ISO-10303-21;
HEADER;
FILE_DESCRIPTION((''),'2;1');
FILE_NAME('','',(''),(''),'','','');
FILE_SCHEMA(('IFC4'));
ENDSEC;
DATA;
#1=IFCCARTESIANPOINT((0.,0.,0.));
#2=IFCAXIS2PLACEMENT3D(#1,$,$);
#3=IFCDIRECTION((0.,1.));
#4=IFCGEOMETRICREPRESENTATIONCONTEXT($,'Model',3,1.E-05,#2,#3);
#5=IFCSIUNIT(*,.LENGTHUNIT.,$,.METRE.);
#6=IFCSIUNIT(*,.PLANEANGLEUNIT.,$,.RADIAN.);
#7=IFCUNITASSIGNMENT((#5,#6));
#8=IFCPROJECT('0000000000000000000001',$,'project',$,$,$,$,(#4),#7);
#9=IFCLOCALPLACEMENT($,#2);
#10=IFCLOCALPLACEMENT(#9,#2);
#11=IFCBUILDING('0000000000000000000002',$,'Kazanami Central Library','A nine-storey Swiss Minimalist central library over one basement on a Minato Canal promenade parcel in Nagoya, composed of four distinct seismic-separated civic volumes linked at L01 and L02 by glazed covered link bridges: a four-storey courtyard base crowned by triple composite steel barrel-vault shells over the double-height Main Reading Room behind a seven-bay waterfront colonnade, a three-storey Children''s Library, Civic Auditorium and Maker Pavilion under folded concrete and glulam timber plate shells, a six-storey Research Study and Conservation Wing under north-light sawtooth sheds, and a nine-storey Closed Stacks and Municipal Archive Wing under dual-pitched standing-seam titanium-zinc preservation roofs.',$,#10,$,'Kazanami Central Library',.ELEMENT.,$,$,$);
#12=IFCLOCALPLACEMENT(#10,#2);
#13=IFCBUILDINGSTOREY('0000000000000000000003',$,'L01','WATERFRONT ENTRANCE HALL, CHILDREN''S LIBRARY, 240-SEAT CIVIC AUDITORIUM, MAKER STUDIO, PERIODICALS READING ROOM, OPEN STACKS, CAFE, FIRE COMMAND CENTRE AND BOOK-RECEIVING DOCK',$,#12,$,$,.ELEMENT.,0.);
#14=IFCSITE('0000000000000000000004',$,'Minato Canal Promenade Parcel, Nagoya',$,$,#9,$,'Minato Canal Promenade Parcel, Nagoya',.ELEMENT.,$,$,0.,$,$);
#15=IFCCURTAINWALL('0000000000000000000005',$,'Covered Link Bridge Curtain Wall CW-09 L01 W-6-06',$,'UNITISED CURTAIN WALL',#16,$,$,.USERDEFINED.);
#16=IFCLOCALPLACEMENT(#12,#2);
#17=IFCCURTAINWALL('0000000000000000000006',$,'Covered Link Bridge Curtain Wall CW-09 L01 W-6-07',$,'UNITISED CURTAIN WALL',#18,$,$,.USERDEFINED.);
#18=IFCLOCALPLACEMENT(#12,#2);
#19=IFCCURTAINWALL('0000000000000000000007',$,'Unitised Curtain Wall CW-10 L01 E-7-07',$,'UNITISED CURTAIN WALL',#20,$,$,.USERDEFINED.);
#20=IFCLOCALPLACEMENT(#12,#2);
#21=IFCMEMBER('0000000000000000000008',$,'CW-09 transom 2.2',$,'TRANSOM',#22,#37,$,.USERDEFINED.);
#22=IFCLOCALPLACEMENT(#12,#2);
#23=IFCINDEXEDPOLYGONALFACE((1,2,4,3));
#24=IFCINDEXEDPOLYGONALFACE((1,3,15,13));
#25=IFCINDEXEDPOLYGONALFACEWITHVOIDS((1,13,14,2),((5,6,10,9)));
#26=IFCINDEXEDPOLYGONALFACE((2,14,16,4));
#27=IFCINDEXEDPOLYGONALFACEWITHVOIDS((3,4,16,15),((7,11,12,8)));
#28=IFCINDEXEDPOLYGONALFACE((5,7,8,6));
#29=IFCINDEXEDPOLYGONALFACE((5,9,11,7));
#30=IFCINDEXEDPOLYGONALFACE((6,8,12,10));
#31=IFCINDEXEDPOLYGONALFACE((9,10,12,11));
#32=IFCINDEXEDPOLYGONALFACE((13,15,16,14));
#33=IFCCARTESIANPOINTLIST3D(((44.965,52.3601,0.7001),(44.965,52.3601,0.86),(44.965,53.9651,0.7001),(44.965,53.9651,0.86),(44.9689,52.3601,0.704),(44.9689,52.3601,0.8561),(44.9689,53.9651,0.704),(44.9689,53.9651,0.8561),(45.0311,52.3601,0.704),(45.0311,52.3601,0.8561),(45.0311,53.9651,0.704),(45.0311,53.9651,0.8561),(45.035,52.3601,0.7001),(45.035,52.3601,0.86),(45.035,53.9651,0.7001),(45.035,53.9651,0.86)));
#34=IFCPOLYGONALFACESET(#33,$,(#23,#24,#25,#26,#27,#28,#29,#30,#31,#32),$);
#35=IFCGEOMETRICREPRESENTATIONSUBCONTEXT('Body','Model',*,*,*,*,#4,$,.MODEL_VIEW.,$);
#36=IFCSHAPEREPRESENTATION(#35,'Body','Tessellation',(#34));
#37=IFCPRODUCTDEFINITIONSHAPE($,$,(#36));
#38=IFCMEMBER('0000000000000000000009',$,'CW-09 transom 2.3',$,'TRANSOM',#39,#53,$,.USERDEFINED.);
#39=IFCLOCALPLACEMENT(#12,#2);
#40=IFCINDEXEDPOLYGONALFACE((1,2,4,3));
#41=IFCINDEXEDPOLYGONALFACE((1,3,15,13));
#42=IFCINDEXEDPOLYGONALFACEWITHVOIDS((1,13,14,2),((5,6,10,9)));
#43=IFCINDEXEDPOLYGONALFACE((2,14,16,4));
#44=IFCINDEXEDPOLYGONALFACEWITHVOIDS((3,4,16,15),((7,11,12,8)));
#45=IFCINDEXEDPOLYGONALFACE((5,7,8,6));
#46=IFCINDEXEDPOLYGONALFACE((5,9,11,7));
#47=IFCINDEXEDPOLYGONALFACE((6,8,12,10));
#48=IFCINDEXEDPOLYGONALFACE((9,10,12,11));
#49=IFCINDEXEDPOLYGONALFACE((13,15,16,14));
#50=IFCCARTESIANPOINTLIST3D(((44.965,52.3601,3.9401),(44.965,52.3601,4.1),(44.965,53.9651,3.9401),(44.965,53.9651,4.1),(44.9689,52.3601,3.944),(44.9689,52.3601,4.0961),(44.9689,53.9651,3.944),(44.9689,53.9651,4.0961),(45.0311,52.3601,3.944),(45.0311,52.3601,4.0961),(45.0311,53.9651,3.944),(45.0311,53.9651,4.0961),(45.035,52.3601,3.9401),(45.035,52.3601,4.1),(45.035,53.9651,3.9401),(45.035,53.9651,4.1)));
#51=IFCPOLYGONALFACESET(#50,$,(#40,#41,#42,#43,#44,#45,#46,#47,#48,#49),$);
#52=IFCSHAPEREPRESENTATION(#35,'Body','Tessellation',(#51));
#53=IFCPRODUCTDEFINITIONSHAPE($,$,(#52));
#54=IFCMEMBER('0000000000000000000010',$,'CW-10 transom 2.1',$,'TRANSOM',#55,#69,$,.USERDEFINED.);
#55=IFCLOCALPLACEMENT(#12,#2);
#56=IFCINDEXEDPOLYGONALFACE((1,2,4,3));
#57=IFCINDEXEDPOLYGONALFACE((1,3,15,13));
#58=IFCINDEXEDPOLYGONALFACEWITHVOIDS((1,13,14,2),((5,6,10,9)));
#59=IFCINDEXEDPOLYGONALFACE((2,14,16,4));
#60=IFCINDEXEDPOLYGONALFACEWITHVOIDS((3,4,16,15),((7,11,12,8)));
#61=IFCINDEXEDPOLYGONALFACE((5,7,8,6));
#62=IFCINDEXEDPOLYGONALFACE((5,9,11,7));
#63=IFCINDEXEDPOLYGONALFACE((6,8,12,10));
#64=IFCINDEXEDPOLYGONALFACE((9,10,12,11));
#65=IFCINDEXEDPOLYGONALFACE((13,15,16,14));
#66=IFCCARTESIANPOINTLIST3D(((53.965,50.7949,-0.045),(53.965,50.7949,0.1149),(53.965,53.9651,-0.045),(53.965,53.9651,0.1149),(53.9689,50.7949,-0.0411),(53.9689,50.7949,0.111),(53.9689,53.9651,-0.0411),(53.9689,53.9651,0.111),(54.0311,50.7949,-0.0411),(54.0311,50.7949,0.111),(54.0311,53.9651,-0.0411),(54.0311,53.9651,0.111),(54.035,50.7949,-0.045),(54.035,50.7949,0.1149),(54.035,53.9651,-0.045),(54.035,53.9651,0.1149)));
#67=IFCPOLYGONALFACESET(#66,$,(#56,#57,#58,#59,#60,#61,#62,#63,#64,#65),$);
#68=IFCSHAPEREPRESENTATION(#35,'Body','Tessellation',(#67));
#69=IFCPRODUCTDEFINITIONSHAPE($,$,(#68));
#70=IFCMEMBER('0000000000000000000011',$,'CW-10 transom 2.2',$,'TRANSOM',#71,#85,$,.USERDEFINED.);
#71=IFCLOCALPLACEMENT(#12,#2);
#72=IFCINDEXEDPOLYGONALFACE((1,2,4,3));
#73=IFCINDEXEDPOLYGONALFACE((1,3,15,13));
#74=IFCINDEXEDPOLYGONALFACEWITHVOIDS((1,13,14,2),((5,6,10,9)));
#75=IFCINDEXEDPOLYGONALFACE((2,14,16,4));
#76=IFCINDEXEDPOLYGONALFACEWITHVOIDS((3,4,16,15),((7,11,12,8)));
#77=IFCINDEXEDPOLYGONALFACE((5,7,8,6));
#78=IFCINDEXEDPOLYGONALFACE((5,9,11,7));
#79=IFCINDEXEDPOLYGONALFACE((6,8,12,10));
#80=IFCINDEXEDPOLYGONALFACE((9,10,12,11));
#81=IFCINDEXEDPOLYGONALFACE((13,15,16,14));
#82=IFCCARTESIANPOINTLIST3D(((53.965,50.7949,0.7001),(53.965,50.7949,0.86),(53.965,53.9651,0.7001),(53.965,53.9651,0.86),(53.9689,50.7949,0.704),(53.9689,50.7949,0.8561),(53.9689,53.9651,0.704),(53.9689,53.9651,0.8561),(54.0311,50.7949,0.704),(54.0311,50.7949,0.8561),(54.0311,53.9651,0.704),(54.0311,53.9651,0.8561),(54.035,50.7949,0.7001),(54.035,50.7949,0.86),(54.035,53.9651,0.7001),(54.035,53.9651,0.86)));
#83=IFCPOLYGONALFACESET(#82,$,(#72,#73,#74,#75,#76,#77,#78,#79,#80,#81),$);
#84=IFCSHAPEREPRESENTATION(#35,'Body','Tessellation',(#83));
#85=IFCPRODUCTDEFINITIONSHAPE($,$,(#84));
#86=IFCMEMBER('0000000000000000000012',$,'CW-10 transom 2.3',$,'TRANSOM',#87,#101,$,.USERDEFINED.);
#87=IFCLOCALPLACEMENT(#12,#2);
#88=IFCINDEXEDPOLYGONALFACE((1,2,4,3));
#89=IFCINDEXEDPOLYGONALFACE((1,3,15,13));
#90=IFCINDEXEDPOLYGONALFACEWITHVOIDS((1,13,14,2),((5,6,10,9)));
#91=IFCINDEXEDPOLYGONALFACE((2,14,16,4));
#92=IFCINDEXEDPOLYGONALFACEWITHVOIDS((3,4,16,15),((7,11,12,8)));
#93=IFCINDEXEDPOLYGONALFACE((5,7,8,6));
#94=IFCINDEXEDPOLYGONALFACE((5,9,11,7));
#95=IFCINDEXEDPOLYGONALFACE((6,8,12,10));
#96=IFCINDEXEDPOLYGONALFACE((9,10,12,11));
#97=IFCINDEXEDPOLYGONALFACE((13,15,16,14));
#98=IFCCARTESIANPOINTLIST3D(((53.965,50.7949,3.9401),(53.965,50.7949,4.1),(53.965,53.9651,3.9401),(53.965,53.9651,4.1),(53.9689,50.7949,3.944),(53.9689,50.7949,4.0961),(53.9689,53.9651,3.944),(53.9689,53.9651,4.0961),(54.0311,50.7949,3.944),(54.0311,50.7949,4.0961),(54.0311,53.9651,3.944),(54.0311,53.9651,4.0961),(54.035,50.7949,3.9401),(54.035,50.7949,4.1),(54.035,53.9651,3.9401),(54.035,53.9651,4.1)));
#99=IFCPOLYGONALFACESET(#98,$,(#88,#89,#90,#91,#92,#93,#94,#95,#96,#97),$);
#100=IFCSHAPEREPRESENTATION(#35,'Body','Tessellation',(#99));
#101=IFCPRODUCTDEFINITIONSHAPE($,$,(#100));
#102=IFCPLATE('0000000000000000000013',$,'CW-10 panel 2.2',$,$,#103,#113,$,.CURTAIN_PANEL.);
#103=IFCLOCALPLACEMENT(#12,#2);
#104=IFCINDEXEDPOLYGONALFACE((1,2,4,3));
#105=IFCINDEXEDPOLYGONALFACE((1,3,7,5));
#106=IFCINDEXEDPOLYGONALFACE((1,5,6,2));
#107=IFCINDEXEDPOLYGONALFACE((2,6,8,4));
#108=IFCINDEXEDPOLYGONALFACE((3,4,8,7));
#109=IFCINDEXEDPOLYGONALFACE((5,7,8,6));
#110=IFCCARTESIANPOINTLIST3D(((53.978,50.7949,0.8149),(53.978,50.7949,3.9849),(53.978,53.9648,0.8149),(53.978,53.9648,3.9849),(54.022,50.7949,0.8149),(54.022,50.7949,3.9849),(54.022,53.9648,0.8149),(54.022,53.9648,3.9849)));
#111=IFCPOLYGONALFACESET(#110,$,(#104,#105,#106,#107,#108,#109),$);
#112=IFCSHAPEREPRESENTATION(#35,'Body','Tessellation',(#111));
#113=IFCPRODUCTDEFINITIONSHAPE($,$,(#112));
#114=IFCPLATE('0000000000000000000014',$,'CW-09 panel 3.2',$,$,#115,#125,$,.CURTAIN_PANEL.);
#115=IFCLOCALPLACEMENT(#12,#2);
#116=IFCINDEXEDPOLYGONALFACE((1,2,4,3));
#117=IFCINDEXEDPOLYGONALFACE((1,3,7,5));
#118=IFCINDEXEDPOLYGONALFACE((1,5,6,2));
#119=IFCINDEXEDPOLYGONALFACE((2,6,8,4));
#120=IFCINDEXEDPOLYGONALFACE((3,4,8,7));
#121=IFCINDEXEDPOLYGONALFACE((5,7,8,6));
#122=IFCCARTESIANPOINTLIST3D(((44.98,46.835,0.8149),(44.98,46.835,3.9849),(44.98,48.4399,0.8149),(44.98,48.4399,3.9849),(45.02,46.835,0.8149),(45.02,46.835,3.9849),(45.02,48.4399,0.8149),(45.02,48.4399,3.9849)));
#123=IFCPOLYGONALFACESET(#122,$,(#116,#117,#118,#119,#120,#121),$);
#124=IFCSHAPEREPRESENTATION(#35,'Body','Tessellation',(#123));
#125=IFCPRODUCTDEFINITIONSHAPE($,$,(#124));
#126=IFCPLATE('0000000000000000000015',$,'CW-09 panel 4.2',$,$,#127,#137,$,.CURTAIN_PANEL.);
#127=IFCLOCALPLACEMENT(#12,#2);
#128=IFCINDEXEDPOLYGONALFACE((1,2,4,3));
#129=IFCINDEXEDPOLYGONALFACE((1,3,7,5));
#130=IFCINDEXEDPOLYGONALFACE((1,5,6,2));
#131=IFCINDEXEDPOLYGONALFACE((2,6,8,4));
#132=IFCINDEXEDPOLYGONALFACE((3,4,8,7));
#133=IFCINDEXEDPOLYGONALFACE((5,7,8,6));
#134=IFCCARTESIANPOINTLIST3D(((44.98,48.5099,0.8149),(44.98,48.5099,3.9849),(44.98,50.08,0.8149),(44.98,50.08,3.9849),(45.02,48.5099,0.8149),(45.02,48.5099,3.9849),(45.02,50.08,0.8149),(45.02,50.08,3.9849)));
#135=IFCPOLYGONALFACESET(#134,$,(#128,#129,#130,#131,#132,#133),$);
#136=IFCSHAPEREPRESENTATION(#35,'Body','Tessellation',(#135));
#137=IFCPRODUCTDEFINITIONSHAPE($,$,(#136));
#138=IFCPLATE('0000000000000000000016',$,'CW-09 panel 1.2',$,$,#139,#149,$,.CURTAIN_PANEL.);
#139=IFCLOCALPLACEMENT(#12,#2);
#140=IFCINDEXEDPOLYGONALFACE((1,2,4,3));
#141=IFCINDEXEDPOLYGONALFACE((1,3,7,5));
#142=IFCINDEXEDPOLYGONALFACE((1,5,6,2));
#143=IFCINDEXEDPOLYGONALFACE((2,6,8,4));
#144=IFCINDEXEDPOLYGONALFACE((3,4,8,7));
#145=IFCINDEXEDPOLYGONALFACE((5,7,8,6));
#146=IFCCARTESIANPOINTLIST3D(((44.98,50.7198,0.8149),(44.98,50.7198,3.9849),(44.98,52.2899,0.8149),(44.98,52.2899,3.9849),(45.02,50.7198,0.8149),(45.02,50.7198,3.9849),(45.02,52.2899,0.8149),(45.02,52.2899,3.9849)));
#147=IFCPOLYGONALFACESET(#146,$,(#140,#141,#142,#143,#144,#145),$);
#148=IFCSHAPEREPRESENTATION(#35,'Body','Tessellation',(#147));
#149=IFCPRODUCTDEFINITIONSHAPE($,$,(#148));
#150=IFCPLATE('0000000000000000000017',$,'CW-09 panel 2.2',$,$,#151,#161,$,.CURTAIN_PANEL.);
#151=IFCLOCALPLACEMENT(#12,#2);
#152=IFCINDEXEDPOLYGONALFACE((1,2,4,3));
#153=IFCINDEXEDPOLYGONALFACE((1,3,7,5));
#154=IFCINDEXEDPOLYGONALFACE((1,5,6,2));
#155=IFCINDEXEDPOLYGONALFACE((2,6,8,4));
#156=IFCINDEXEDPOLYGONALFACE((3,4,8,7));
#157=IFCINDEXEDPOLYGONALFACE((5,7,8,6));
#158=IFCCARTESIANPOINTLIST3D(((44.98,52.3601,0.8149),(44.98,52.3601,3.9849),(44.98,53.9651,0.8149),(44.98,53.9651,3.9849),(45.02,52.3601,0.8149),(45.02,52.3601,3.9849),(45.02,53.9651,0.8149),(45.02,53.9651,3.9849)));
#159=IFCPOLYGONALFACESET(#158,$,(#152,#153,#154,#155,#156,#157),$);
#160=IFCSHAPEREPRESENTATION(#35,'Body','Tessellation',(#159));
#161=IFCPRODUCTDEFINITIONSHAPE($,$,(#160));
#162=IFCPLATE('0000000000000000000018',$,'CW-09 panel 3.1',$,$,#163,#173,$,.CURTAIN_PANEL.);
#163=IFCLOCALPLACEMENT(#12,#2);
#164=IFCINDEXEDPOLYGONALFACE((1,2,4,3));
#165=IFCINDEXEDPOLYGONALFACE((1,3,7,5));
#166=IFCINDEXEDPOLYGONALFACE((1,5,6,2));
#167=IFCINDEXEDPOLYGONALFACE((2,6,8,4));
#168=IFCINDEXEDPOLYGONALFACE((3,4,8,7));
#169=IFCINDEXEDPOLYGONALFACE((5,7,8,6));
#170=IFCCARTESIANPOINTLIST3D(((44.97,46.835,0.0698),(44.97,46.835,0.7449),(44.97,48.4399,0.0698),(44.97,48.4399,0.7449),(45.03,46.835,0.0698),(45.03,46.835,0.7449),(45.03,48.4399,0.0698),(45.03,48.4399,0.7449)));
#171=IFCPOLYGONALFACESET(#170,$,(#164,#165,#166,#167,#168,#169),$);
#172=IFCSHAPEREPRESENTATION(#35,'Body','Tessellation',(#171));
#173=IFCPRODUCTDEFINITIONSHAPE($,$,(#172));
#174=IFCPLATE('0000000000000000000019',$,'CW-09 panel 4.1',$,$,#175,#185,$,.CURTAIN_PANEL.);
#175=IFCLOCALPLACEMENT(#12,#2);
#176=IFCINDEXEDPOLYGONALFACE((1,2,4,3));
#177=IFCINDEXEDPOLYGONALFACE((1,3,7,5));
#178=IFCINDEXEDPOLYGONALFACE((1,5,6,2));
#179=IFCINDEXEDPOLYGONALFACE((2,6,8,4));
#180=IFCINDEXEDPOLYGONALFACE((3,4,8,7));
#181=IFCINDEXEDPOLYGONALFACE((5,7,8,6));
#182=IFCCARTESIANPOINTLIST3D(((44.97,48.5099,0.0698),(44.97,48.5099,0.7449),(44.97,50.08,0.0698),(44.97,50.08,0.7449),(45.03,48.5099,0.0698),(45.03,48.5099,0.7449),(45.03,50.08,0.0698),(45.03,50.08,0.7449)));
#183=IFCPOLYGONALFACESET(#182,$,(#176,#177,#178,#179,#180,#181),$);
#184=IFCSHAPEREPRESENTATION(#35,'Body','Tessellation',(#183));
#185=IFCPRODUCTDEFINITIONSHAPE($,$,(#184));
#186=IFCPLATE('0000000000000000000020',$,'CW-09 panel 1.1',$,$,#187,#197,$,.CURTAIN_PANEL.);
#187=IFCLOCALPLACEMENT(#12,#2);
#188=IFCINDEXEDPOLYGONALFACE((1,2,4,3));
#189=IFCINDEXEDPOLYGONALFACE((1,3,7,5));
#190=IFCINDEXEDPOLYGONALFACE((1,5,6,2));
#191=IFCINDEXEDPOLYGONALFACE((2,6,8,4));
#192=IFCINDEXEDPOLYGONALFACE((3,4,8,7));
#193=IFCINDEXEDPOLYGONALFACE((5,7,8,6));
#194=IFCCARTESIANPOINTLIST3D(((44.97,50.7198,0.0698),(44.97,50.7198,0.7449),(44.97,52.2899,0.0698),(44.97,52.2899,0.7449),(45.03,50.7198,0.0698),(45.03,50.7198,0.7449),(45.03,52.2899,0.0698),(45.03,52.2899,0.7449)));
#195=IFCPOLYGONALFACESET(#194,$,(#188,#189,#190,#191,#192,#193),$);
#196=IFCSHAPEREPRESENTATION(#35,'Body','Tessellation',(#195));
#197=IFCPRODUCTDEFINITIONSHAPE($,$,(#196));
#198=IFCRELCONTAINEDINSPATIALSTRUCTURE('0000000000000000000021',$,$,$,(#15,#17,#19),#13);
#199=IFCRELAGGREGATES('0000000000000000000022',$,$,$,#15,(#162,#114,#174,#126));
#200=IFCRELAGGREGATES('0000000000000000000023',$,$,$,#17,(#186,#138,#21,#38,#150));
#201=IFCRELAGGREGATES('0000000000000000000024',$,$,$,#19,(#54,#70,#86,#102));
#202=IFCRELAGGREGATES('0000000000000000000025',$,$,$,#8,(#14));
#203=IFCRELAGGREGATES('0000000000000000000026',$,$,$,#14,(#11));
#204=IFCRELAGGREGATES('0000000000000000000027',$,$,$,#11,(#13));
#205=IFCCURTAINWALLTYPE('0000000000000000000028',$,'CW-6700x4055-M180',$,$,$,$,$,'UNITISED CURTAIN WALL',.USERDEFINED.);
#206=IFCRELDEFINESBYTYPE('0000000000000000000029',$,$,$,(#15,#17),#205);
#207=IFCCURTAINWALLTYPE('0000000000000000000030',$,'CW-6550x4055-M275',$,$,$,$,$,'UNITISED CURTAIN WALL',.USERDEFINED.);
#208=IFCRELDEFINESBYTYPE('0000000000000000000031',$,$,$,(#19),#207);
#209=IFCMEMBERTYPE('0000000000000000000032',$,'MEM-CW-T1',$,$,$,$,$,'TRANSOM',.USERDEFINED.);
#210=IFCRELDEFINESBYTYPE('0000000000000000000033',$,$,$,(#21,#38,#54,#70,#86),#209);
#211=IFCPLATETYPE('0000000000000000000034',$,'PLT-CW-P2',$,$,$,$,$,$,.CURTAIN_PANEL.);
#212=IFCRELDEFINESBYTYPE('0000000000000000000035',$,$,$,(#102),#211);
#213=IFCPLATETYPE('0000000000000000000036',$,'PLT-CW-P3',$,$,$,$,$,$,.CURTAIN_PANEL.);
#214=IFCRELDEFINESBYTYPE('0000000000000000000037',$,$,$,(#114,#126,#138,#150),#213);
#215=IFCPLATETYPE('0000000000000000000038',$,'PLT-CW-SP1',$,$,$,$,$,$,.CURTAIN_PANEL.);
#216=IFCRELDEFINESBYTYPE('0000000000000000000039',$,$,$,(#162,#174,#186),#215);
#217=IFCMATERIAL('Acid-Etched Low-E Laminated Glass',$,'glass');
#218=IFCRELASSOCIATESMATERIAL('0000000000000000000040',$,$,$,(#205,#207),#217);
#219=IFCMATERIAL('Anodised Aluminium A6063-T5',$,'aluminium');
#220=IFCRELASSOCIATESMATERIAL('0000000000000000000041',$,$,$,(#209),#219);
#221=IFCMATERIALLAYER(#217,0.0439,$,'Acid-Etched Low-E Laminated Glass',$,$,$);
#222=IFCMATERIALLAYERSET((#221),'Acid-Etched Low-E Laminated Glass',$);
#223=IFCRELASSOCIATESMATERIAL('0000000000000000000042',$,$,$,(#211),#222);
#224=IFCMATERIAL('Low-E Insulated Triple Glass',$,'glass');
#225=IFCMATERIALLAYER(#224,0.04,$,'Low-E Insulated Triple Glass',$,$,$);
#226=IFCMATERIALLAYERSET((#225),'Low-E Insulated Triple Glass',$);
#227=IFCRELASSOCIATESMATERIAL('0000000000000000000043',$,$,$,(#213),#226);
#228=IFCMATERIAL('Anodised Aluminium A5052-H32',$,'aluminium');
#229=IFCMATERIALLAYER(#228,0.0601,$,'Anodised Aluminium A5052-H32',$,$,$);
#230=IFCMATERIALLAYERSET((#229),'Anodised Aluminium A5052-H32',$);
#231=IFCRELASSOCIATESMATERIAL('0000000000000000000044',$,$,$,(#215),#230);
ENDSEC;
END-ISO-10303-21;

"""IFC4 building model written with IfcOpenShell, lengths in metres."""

from ifc_helpers import new_model, si_unit, direction, frame, origin, origin_2d, place, context, subcontext, project, spatial, rectangle, hollow_rectangle, extrude, material, layer, layer_set, material_profile, profile_set, type_object, element, aggregate, save


model = new_model("IFC4")

# Units and contexts
model_context = context("Model", 3, precision=1e-05, world=origin(), true_north=direction((0.0, 1.0)))
body_context = subcontext(model_context, "Body", "Model", "MODEL_VIEW")
ifc_project = project(units=[si_unit("LENGTHUNIT", "METRE"), si_unit("PLANEANGLEUNIT", "RADIAN")], contexts=[model_context])

# Site, building, storey
site_placement = place(None, origin())
site = spatial("IfcSite", under=ifc_project, at=site_placement, Name="Minato Canal Promenade Parcel, Nagoya", LongName="Minato Canal Promenade Parcel, Nagoya", CompositionType="ELEMENT", RefElevation=0.0)
building_placement = place(site_placement, origin())
building = spatial("IfcBuilding", under=site, at=building_placement, Name="Kazanami Central Library", Description="A nine-storey Swiss Minimalist central library over one basement on a Minato Canal promenade parcel in Nagoya, composed of four distinct seismic-separated civic volumes linked at L01 and L02 by glazed covered link bridges: a four-storey courtyard base crowned by triple composite steel barrel-vault shells over the double-height Main Reading Room behind a seven-bay waterfront colonnade, a three-storey Children's Library, Civic Auditorium and Maker Pavilion under folded concrete and glulam timber plate shells, a six-storey Research Study and Conservation Wing under north-light sawtooth sheds, and a nine-storey Closed Stacks and Municipal Archive Wing under dual-pitched standing-seam titanium-zinc preservation roofs.", LongName="Kazanami Central Library", CompositionType="ELEMENT")
storey_placement = place(building_placement, origin())
storey = spatial("IfcBuildingStorey", under=building, at=storey_placement, Name="L01", Description="WATERFRONT ENTRANCE HALL, CHILDREN'S LIBRARY, 240-SEAT CIVIC AUDITORIUM, MAKER STUDIO, PERIODICALS READING ROOM, OPEN STACKS, CAFE, FIRE COMMAND CENTRE AND BOOK-RECEIVING DOCK", CompositionType="ELEMENT", Elevation=0.0)

# Curtain walls
ifc_material_1 = material(Name="Acid-Etched Low-E Laminated Glass", Category="glass")
curtain_wall_type_1 = type_object("IfcCurtainWallType", Name="CW-6700x4055-M180", ElementType="UNITISED CURTAIN WALL", PredefinedType="USERDEFINED", material=ifc_material_1)
curtain_wall_1_placement = place(storey_placement, origin())
curtain_wall_1 = element("IfcCurtainWall", 1, at=curtain_wall_1_placement, inside=storey, type_object=curtain_wall_type_1, Name="Covered Link Bridge Curtain Wall CW-09 L01 W-6-06", ObjectType="UNITISED CURTAIN WALL", PredefinedType="USERDEFINED")
ifc_material_2 = material(Name="Anodised Aluminium A6063-T5", Category="aluminium")
curtain_wall_2_placement = place(storey_placement, origin())
curtain_wall_2 = element("IfcCurtainWall", 2, at=curtain_wall_2_placement, inside=storey, type_object=curtain_wall_type_1, Name="Covered Link Bridge Curtain Wall CW-09 L01 W-6-07", ObjectType="UNITISED CURTAIN WALL", PredefinedType="USERDEFINED")

# Curtain wall
curtain_wall_type_2 = type_object("IfcCurtainWallType", Name="CW-6550x4055-M275", ElementType="UNITISED CURTAIN WALL", PredefinedType="USERDEFINED", material=ifc_material_1)
curtain_wall_3_placement = place(storey_placement, origin())
curtain_wall_3 = element("IfcCurtainWall", 3, at=curtain_wall_3_placement, inside=storey, type_object=curtain_wall_type_2, Name="Unitised Curtain Wall CW-10 L01 E-7-07", ObjectType="UNITISED CURTAIN WALL", PredefinedType="USERDEFINED")

# Members
ifc_material_profile_1 = material_profile(ifc_material_2, hollow_rectangle(XDim=0.0701, YDim=0.1599, WallThickness=0.0039, at=origin_2d()), Name="ALU-TRAN-70x160x4")
ifc_profile_set_1 = profile_set([ifc_material_profile_1], Name="Anodised Aluminium A6063-T5")
member_type_1 = type_object("IfcMemberType", Name="MEM-CW-T1", ElementType="TRANSOM", PredefinedType="USERDEFINED", material=ifc_profile_set_1)
member_1_placement = place(storey_placement, frame((45.0, 52.3601, 0.78), z_axis=(0.0, 1.0, 0.0), x_axis=(-1.0, 0.0, 0.0)))
member_1 = element("IfcMember", 4, at=member_1_placement, type_object=member_type_1, Name="CW-09 transom 2.2", ObjectType="TRANSOM", PredefinedType="USERDEFINED", context=body_context, shape_type="SweptSolid", body=[
    extrude(hollow_rectangle(XDim=0.0701, YDim=0.1599, WallThickness=0.0039, at=origin_2d()), origin(), (0.0, 0.0, 1.0), 1.605),
])
member_2_placement = place(storey_placement, frame((45.0, 52.3601, 4.02), z_axis=(0.0, 1.0, 0.0), x_axis=(-1.0, 0.0, 0.0)))
member_2 = element("IfcMember", 5, at=member_2_placement, type_object=member_type_1, Name="CW-09 transom 2.3", ObjectType="TRANSOM", PredefinedType="USERDEFINED", context=body_context, shape_type="SweptSolid", body=[
    extrude(hollow_rectangle(XDim=0.0701, YDim=0.1599, WallThickness=0.0039, at=origin_2d()), origin(), (0.0, 0.0, 1.0), 1.605),
])
member_3_placement = place(storey_placement, frame((54.0, 53.9651, 0.0349), z_axis=(0.0, -1.0, 0.0), x_axis=(1.0, 0.0, 0.0)))
member_3 = element("IfcMember", 6, at=member_3_placement, type_object=member_type_1, Name="CW-10 transom 2.1", ObjectType="TRANSOM", PredefinedType="USERDEFINED", context=body_context, shape_type="SweptSolid", body=[
    extrude(hollow_rectangle(XDim=0.0701, YDim=0.1599, WallThickness=0.0039, at=origin_2d()), origin(), (0.0, 0.0, 1.0), 3.1702),
])
member_4_placement = place(storey_placement, frame((54.0, 53.9651, 0.78), z_axis=(0.0, -1.0, 0.0), x_axis=(1.0, 0.0, 0.0)))
member_4 = element("IfcMember", 7, at=member_4_placement, type_object=member_type_1, Name="CW-10 transom 2.2", ObjectType="TRANSOM", PredefinedType="USERDEFINED", context=body_context, shape_type="SweptSolid", body=[
    extrude(hollow_rectangle(XDim=0.0701, YDim=0.1599, WallThickness=0.0039, at=origin_2d()), origin(), (0.0, 0.0, 1.0), 3.1702),
])
member_5_placement = place(storey_placement, frame((54.0, 53.9651, 4.02), z_axis=(0.0, -1.0, 0.0), x_axis=(1.0, 0.0, 0.0)))
member_5 = element("IfcMember", 8, at=member_5_placement, type_object=member_type_1, Name="CW-10 transom 2.3", ObjectType="TRANSOM", PredefinedType="USERDEFINED", context=body_context, shape_type="SweptSolid", body=[
    extrude(hollow_rectangle(XDim=0.0701, YDim=0.1599, WallThickness=0.0039, at=origin_2d()), origin(), (0.0, 0.0, 1.0), 3.1702),
])

# Plates
ifc_layer_1 = layer(ifc_material_1, 0.0439, Name="Acid-Etched Low-E Laminated Glass")
ifc_layer_set_1 = layer_set([ifc_layer_1], Name="Acid-Etched Low-E Laminated Glass")
plate_type_1 = type_object("IfcPlateType", Name="PLT-CW-P2", PredefinedType="CURTAIN_PANEL", material=ifc_layer_set_1)
plate_1_placement = place(storey_placement, frame((54.0, 52.3799, 0.8149), z_axis=(0.0, 0.0, 1.0), x_axis=(0.0, -1.0, 0.0)))
plate_1 = element("IfcPlate", 9, at=plate_1_placement, type_object=plate_type_1, Name="CW-10 panel 2.2", PredefinedType="CURTAIN_PANEL", context=body_context, shape_type="SweptSolid", body=[
    extrude(rectangle(XDim=3.1699, YDim=0.0439, at=origin_2d()), origin(), (0.0, 0.0, 1.0), 3.1699),
])
ifc_material_3 = material(Name="Low-E Insulated Triple Glass", Category="glass")
ifc_layer_2 = layer(ifc_material_3, 0.04, Name="Low-E Insulated Triple Glass")
ifc_layer_set_2 = layer_set([ifc_layer_2], Name="Low-E Insulated Triple Glass")
plate_type_2 = type_object("IfcPlateType", Name="PLT-CW-P3", PredefinedType="CURTAIN_PANEL", material=ifc_layer_set_2)
plate_2_placement = place(storey_placement, frame((45.0, 47.6375, 0.8149), z_axis=(0.0, 0.0, 1.0), x_axis=(0.0, 1.0, 0.0)))
plate_2 = element("IfcPlate", 10, at=plate_2_placement, type_object=plate_type_2, Name="CW-09 panel 3.2", PredefinedType="CURTAIN_PANEL", context=body_context, shape_type="SweptSolid", body=[
    extrude(rectangle(XDim=1.605, YDim=0.04, at=origin_2d()), origin(), (0.0, 0.0, 1.0), 3.1699),
])
plate_3_placement = place(storey_placement, frame((45.0, 49.2949, 0.8149), z_axis=(0.0, 0.0, 1.0), x_axis=(0.0, 1.0, 0.0)))
plate_3 = element("IfcPlate", 11, at=plate_3_placement, type_object=plate_type_2, Name="CW-09 panel 4.2", PredefinedType="CURTAIN_PANEL", context=body_context, shape_type="SweptSolid", body=[
    extrude(rectangle(XDim=1.5701, YDim=0.04, at=origin_2d()), origin(), (0.0, 0.0, 1.0), 3.1699),
])
plate_4_placement = place(storey_placement, frame((45.0, 51.5049, 0.8149), z_axis=(0.0, 0.0, 1.0), x_axis=(0.0, 1.0, 0.0)))
plate_4 = element("IfcPlate", 12, at=plate_4_placement, type_object=plate_type_2, Name="CW-09 panel 1.2", PredefinedType="CURTAIN_PANEL", context=body_context, shape_type="SweptSolid", body=[
    extrude(rectangle(XDim=1.5701, YDim=0.04, at=origin_2d()), origin(), (0.0, 0.0, 1.0), 3.1699),
])
plate_5_placement = place(storey_placement, frame((45.0, 53.1626, 0.8149), z_axis=(0.0, 0.0, 1.0), x_axis=(0.0, 1.0, 0.0)))
plate_5 = element("IfcPlate", 13, at=plate_5_placement, type_object=plate_type_2, Name="CW-09 panel 2.2", PredefinedType="CURTAIN_PANEL", context=body_context, shape_type="SweptSolid", body=[
    extrude(rectangle(XDim=1.605, YDim=0.04, at=origin_2d()), origin(), (0.0, 0.0, 1.0), 3.1699),
])
ifc_material_4 = material(Name="Anodised Aluminium A5052-H32", Category="aluminium")
ifc_layer_3 = layer(ifc_material_4, 0.0601, Name="Anodised Aluminium A5052-H32")
ifc_layer_set_3 = layer_set([ifc_layer_3], Name="Anodised Aluminium A5052-H32")
plate_type_3 = type_object("IfcPlateType", Name="PLT-CW-SP1", PredefinedType="CURTAIN_PANEL", material=ifc_layer_set_3)
plate_6_placement = place(storey_placement, frame((45.0, 47.6375, 0.0698), z_axis=(0.0, 0.0, 1.0), x_axis=(0.0, 1.0, 0.0)))
plate_6 = element("IfcPlate", 14, at=plate_6_placement, type_object=plate_type_3, Name="CW-09 panel 3.1", PredefinedType="CURTAIN_PANEL", context=body_context, shape_type="SweptSolid", body=[
    extrude(rectangle(XDim=1.605, YDim=0.0601, at=origin_2d()), origin(), (0.0, 0.0, 1.0), 0.675),
])
plate_7_placement = place(storey_placement, frame((45.0, 49.2949, 0.0698), z_axis=(0.0, 0.0, 1.0), x_axis=(0.0, 1.0, 0.0)))
plate_7 = element("IfcPlate", 15, at=plate_7_placement, type_object=plate_type_3, Name="CW-09 panel 4.1", PredefinedType="CURTAIN_PANEL", context=body_context, shape_type="SweptSolid", body=[
    extrude(rectangle(XDim=1.5701, YDim=0.0601, at=origin_2d()), origin(), (0.0, 0.0, 1.0), 0.675),
])
aggregate(curtain_wall_1, [plate_6, plate_2, plate_7, plate_3])
plate_8_placement = place(storey_placement, frame((45.0, 51.5049, 0.0698), z_axis=(0.0, 0.0, 1.0), x_axis=(0.0, 1.0, 0.0)))
plate_8 = element("IfcPlate", 16, at=plate_8_placement, type_object=plate_type_3, Name="CW-09 panel 1.1", PredefinedType="CURTAIN_PANEL", context=body_context, shape_type="SweptSolid", body=[
    extrude(rectangle(XDim=1.5701, YDim=0.0601, at=origin_2d()), origin(), (0.0, 0.0, 1.0), 0.675),
])
aggregate(curtain_wall_2, [plate_8, plate_4, member_1, member_2, plate_5])
aggregate(curtain_wall_3, [member_3, member_4, member_5, plate_1])

save(model, "model.ifc")
